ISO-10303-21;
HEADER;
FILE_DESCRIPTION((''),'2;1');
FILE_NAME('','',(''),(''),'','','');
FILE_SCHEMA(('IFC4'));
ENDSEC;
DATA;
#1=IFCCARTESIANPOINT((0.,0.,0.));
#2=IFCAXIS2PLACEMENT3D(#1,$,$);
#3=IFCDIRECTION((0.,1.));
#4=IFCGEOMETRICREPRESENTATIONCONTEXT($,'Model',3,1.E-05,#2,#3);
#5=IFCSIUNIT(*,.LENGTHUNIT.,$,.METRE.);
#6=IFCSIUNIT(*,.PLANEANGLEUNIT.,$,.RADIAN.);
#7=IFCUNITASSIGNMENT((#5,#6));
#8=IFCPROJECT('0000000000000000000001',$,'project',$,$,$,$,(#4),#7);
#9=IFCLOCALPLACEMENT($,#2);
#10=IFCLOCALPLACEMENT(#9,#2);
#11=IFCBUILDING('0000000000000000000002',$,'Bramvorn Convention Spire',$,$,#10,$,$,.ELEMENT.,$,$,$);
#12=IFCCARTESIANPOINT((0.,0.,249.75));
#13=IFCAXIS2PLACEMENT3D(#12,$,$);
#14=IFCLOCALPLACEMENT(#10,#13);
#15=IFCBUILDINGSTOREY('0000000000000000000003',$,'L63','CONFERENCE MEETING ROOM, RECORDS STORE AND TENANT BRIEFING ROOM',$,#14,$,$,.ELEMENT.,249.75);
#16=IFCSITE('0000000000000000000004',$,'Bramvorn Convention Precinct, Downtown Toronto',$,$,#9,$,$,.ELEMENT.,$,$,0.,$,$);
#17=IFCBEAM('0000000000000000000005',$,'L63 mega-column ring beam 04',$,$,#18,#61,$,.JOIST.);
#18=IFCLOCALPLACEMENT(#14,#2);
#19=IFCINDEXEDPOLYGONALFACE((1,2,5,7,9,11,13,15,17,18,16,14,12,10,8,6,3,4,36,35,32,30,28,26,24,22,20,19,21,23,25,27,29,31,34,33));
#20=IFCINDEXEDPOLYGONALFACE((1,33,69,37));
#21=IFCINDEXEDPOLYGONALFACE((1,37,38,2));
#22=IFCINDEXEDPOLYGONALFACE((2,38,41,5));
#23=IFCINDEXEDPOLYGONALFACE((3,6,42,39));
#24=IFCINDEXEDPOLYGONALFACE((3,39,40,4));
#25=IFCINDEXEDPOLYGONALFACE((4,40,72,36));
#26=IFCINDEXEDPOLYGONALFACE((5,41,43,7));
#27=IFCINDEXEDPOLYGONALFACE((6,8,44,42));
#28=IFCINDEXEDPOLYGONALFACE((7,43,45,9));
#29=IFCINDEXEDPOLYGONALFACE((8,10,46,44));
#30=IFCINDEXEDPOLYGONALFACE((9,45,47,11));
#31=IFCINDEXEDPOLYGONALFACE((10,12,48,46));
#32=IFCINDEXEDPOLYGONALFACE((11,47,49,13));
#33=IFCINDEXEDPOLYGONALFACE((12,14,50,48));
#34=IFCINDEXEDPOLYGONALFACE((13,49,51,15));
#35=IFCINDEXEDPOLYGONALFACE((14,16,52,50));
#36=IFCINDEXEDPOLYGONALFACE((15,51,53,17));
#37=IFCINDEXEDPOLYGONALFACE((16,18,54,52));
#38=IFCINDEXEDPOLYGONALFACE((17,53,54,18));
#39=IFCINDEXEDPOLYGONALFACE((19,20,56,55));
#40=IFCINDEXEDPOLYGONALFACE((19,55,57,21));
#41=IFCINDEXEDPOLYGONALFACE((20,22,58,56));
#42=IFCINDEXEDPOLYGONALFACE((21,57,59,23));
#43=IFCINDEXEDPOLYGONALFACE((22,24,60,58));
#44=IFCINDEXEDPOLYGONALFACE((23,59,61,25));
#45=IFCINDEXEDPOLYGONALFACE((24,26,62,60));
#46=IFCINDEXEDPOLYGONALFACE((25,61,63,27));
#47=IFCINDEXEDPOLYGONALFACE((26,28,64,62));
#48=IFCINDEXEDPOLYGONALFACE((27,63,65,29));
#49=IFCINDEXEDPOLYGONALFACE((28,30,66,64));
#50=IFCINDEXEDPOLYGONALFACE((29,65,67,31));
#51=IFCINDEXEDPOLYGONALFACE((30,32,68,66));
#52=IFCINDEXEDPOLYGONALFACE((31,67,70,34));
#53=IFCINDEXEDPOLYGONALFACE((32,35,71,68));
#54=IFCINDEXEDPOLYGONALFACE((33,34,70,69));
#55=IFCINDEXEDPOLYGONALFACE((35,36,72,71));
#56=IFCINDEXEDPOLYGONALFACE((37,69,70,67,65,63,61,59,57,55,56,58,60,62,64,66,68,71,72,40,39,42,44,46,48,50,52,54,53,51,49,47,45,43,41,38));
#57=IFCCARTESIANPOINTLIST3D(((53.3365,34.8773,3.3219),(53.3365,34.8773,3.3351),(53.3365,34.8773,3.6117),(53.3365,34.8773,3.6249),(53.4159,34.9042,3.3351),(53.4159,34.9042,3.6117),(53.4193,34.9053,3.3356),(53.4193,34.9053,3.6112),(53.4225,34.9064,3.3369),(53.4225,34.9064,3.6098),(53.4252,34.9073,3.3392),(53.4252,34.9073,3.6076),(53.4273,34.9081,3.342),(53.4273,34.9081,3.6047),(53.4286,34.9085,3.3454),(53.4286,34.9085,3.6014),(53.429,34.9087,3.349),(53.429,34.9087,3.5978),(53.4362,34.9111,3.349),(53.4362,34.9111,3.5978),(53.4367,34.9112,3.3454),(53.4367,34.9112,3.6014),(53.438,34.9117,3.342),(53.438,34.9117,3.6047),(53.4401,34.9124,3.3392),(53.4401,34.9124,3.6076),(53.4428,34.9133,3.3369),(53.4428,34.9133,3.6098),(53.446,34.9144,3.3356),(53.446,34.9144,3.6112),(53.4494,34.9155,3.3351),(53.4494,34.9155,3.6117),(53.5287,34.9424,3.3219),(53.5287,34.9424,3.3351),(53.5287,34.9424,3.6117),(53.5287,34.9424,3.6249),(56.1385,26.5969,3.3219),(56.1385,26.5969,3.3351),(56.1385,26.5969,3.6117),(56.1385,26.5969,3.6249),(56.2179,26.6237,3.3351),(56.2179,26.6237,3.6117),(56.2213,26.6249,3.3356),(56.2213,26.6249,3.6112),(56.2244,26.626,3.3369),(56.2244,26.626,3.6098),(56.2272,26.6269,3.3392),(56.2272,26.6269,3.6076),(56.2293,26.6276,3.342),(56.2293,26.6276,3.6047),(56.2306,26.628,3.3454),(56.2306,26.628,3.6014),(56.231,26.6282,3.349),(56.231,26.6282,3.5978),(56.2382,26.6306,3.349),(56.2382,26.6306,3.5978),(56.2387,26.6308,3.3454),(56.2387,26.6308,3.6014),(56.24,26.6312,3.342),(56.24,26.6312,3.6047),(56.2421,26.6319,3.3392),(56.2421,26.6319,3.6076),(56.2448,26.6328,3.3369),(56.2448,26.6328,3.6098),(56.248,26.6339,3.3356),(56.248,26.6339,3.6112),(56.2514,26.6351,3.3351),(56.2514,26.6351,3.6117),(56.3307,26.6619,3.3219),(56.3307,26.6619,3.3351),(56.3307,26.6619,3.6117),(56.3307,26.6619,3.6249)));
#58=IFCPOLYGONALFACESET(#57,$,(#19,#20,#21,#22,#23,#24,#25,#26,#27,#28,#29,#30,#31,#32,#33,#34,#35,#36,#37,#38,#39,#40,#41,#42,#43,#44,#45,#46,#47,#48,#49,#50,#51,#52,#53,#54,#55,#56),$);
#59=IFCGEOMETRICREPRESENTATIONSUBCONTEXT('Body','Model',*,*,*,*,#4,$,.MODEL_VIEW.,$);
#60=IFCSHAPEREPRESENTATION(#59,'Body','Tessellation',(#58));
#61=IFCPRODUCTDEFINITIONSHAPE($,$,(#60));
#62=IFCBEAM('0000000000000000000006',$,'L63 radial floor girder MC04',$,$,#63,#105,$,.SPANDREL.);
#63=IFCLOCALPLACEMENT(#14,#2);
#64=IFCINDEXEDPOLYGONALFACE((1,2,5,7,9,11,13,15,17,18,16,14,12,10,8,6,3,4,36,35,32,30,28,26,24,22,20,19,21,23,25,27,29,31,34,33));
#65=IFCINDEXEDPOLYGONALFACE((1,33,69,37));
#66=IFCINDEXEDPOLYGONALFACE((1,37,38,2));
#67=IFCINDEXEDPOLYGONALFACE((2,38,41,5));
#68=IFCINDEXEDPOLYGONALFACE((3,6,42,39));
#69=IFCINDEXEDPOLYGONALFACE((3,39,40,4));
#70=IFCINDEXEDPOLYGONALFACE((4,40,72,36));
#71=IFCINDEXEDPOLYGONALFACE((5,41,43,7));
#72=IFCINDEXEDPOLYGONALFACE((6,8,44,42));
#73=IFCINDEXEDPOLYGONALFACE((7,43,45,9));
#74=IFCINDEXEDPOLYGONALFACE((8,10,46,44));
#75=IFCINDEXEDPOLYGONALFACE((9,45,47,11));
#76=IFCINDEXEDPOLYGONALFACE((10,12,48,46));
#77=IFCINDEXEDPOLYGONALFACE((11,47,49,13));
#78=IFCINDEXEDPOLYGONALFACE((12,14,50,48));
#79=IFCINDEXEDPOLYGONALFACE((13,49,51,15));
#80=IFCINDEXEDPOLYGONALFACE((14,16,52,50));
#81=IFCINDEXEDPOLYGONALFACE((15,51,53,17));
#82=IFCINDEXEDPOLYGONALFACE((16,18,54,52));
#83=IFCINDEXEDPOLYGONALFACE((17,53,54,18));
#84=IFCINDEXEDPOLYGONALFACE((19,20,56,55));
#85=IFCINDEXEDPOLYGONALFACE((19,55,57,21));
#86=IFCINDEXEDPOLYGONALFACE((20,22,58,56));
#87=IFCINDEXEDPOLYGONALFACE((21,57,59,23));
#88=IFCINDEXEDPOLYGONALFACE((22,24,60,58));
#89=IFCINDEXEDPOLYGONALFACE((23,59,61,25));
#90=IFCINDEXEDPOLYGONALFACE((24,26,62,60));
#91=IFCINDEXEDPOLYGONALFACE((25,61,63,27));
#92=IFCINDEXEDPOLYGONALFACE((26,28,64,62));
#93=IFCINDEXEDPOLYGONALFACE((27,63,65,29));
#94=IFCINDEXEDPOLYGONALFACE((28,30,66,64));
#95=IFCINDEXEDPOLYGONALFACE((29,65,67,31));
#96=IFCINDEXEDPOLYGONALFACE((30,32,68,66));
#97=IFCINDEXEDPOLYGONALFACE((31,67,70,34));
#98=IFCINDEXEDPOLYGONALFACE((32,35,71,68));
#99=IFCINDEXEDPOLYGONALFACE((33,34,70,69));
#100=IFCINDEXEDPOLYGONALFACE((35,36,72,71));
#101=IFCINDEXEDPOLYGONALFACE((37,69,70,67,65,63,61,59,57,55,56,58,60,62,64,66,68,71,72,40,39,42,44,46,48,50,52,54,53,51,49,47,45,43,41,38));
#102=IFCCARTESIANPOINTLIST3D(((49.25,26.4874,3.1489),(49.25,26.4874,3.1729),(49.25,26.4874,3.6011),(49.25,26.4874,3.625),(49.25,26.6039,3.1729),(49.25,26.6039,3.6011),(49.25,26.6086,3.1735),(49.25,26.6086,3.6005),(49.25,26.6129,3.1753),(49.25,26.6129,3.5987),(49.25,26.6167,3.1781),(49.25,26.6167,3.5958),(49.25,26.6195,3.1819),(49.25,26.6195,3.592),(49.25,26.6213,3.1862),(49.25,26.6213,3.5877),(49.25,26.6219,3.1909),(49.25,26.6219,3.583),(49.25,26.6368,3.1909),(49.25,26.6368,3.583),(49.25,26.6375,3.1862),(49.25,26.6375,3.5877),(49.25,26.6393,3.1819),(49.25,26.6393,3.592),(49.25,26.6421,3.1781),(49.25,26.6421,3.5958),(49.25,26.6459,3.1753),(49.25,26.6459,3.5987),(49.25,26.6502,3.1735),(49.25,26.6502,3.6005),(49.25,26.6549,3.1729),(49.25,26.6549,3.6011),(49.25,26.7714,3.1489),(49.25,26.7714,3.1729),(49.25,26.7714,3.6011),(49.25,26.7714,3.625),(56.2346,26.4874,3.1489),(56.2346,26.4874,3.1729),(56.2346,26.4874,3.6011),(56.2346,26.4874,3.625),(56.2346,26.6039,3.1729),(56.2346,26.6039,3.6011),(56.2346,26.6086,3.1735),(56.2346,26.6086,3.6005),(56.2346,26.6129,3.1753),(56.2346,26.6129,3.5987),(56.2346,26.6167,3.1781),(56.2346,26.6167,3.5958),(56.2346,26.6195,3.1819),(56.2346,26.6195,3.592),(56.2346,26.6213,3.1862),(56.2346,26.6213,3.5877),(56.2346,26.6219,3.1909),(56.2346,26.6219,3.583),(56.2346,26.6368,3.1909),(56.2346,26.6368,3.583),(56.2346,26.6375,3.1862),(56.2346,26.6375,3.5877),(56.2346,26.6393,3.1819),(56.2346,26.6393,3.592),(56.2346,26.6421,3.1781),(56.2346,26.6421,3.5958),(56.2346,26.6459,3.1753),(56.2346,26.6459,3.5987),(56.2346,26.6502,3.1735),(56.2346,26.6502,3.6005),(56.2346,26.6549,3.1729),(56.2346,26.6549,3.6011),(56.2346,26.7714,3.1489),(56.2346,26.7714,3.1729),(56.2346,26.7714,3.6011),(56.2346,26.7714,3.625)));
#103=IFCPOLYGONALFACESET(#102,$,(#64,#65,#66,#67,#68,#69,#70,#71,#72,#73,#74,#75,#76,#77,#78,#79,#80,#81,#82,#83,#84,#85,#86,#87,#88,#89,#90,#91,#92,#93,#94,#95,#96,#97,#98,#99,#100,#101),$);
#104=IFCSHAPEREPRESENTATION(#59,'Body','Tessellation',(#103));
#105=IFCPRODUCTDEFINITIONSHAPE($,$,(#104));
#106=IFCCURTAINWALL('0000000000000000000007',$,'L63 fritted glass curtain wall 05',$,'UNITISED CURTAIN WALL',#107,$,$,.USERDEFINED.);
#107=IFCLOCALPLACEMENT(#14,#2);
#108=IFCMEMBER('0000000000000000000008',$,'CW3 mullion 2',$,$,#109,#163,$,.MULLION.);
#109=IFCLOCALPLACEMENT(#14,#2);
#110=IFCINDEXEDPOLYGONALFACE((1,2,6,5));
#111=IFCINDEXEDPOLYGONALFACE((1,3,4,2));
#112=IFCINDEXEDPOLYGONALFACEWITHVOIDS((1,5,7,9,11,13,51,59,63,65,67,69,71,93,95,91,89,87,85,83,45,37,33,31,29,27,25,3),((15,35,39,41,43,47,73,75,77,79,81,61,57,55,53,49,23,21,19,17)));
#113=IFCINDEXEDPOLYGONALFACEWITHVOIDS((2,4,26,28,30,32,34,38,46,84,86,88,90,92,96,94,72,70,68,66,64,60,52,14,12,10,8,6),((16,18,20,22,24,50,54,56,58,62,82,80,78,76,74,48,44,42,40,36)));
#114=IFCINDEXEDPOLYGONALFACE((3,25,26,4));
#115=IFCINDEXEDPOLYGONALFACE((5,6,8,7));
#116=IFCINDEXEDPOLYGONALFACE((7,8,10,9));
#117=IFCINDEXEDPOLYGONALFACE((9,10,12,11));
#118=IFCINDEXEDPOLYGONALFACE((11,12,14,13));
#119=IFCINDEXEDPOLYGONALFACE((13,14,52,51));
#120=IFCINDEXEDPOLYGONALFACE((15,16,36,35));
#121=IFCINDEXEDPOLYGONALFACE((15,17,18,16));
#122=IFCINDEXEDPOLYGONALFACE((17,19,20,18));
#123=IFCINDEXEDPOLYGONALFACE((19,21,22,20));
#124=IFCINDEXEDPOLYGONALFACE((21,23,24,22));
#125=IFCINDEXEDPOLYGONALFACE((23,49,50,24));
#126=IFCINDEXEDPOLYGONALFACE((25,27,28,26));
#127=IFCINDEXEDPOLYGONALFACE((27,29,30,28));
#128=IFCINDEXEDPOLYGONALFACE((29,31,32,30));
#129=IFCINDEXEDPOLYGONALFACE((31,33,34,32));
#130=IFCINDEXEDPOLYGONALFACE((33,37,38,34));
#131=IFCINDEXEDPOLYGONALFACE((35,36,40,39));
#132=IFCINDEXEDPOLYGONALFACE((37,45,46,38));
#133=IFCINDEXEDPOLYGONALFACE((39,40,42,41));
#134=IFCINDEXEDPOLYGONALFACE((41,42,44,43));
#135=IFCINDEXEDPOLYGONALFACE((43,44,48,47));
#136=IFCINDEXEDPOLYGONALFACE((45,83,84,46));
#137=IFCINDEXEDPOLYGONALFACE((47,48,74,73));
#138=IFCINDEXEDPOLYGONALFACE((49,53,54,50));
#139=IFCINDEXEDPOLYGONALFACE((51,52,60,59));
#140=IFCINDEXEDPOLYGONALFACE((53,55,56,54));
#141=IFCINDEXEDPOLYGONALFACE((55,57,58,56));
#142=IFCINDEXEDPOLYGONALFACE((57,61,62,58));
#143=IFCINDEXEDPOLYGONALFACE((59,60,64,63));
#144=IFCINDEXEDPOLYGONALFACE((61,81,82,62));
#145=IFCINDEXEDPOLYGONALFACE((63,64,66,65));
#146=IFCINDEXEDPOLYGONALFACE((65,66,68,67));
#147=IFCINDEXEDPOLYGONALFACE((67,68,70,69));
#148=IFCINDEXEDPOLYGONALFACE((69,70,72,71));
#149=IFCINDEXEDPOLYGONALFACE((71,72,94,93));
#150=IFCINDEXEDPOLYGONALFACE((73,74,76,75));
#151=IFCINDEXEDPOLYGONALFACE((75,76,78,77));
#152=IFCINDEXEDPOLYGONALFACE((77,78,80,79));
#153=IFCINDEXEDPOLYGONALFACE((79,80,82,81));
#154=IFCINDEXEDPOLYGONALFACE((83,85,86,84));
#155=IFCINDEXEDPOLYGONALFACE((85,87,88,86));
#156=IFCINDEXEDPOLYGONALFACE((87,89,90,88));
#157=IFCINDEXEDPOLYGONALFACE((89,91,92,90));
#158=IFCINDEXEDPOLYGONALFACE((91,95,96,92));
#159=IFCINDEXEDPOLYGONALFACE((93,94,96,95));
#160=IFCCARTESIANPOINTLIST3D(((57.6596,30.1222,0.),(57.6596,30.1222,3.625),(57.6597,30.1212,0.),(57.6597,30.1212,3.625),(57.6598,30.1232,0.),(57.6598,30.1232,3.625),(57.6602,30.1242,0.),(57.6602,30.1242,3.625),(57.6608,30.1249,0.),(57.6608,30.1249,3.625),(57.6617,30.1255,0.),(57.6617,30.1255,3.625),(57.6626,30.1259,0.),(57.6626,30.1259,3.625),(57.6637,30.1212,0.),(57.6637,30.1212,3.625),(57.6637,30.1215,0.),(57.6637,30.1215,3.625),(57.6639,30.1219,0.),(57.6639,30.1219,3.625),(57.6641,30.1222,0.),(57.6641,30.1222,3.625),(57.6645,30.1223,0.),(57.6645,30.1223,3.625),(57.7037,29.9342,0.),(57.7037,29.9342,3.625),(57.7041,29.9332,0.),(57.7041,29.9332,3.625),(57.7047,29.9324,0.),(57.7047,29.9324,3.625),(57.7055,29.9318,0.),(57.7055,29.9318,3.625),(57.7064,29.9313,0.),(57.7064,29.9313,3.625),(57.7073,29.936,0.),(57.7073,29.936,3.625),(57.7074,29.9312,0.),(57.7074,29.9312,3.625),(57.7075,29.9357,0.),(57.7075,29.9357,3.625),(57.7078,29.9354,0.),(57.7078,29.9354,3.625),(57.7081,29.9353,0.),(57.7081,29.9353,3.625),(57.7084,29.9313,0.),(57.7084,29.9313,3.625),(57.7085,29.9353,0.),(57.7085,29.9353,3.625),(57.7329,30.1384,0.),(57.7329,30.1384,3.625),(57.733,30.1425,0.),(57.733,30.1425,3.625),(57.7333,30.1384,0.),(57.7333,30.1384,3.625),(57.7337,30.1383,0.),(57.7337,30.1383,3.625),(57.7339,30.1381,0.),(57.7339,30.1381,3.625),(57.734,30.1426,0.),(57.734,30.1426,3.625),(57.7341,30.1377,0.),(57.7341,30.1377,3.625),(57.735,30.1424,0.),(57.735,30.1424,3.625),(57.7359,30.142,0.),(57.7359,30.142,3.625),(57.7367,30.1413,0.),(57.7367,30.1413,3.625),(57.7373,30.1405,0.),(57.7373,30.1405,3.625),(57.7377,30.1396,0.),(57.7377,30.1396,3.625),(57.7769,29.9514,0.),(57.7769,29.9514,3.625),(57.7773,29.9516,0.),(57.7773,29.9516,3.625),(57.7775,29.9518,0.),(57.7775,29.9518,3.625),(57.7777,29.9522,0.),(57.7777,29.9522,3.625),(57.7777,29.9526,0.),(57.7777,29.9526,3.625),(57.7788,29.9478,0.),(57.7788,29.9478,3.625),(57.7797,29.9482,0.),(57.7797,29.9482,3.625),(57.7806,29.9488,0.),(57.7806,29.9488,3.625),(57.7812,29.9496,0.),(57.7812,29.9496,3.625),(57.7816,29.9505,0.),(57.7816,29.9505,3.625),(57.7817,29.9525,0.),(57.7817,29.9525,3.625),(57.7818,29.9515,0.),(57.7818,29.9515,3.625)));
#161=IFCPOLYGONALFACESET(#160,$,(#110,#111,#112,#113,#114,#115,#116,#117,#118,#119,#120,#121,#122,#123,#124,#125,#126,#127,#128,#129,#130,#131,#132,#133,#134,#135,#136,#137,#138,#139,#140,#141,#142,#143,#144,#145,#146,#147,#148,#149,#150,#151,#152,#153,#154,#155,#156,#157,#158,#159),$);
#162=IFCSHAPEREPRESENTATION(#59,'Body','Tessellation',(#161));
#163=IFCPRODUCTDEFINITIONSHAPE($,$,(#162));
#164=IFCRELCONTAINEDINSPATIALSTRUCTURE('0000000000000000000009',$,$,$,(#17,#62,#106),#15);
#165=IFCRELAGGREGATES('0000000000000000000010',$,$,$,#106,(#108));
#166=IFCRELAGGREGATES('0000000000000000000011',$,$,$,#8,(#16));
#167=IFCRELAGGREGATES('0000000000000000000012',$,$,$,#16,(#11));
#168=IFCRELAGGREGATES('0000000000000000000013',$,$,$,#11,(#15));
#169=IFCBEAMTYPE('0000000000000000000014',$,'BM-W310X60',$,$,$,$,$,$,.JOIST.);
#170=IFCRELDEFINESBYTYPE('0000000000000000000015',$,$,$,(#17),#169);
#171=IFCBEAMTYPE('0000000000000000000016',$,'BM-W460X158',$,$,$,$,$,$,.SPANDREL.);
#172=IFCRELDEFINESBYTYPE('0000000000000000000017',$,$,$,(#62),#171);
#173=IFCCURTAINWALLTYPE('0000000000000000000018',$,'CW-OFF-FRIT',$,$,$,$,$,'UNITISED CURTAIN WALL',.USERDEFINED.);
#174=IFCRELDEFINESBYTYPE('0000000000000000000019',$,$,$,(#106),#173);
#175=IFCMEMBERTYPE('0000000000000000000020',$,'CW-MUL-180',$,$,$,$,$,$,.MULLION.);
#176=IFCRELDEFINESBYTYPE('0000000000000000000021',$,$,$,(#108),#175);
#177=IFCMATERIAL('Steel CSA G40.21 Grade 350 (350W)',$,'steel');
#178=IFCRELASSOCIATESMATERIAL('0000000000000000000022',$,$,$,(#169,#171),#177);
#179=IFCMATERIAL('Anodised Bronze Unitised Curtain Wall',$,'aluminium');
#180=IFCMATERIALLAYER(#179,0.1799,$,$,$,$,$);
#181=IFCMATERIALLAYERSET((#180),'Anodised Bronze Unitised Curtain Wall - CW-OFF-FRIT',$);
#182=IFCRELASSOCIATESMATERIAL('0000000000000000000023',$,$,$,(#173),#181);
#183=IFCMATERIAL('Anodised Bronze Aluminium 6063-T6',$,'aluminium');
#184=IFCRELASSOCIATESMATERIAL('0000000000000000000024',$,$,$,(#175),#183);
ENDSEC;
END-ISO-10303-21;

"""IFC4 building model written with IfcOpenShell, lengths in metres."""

from ifc_helpers import new_model, si_unit, direction, frame, origin, origin_2d, place, context, subcontext, project, spatial, hollow_rectangle, i_section, extrude, material, layer, layer_set, material_profile, profile_set, type_object, element, aggregate, save


model = new_model("IFC4")

# Units and contexts
model_context = context("Model", 3, precision=1e-05, world=origin(), true_north=direction((0.0, 1.0)))
body_context = subcontext(model_context, "Body", "Model", "MODEL_VIEW")
ifc_project = project(units=[si_unit("LENGTHUNIT", "METRE"), si_unit("PLANEANGLEUNIT", "RADIAN")], contexts=[model_context])

# Site, building, storey
site_placement = place(None, origin())
site = spatial("IfcSite", under=ifc_project, at=site_placement, Name="Bramvorn Convention Precinct, Downtown Toronto", CompositionType="ELEMENT", RefElevation=0.0)
building_placement = place(site_placement, origin())
building = spatial("IfcBuilding", under=site, at=building_placement, Name="Bramvorn Convention Spire", CompositionType="ELEMENT")
storey_placement = place(building_placement, frame((0.0, 0.0, 249.75)))
storey = spatial("IfcBuildingStorey", under=building, at=storey_placement, Name="L63", Description="CONFERENCE MEETING ROOM, RECORDS STORE AND TENANT BRIEFING ROOM", CompositionType="ELEMENT", Elevation=249.75)

# Shared definitions
ifc_material_1 = material(Name="Steel CSA G40.21 Grade 350 (350W)", Category="steel")

# Beams
ifc_material_profile_1 = material_profile(ifc_material_1, i_section(OverallWidth=0.2029, OverallDepth=0.303, WebThickness=0.0076, FlangeThickness=0.0132, FilletRadius=0.0139, at=origin_2d()))
ifc_profile_set_1 = profile_set([ifc_material_profile_1], Name="Steel CSA G40.21 Grade 350 (350W) - W310X60")
beam_type_1 = type_object("IfcBeamType", Name="BM-W310X60", PredefinedType="JOIST", material=ifc_profile_set_1)
beam_1_placement = place(storey_placement, frame((56.2346, 26.6294, 3.4734), z_axis=(-0.320531, 0.947238, 0.0), x_axis=(-0.947238, -0.320531, 0.0)))
element("IfcBeam", 1, at=beam_1_placement, inside=storey, type_object=beam_type_1, Name="L63 mega-column ring beam 04", PredefinedType="JOIST", context=body_context, shape_type="SweptSolid", body=[
    extrude(i_section(OverallWidth=0.2029, OverallDepth=0.303, WebThickness=0.0076, FlangeThickness=0.0132, FilletRadius=0.0139, at=origin_2d()), origin(), (0.0, 0.0, 1.0), 8.7417),
])
ifc_material_profile_2 = material_profile(ifc_material_1, i_section(OverallWidth=0.2839, OverallDepth=0.4761, WebThickness=0.0149, FlangeThickness=0.0239, FilletRadius=0.0181, at=origin_2d()))
ifc_profile_set_2 = profile_set([ifc_material_profile_2], Name="Steel CSA G40.21 Grade 350 (350W) - W460X158")
beam_type_2 = type_object("IfcBeamType", Name="BM-W460X158", PredefinedType="SPANDREL", material=ifc_profile_set_2)
beam_2_placement = place(storey_placement, frame((49.25, 26.6294, 3.387), z_axis=(1.0, 0.0, 0.0), x_axis=(0.0, 1.0, 0.0)))
element("IfcBeam", 2, at=beam_2_placement, inside=storey, type_object=beam_type_2, Name="L63 radial floor girder MC04", PredefinedType="SPANDREL", context=body_context, shape_type="SweptSolid", body=[
    extrude(i_section(OverallWidth=0.2839, OverallDepth=0.4761, WebThickness=0.0149, FlangeThickness=0.0239, FilletRadius=0.0181, at=origin_2d()), origin(), (0.0, 0.0, 1.0), 6.9846),
])

# Curtain wall, member
ifc_material_2 = material(Name="Anodised Bronze Unitised Curtain Wall", Category="aluminium")
ifc_layer_1 = layer(ifc_material_2, 0.1799)
ifc_layer_set_1 = layer_set([ifc_layer_1], Name="Anodised Bronze Unitised Curtain Wall - CW-OFF-FRIT")
curtain_wall_type = type_object("IfcCurtainWallType", Name="CW-OFF-FRIT", ElementType="UNITISED CURTAIN WALL", PredefinedType="USERDEFINED", material=ifc_layer_set_1)
curtain_wall_placement = place(storey_placement, origin())
curtain_wall = element("IfcCurtainWall", 3, at=curtain_wall_placement, inside=storey, type_object=curtain_wall_type, Name="L63 fritted glass curtain wall 05", ObjectType="UNITISED CURTAIN WALL", PredefinedType="USERDEFINED")
ifc_material_3 = material(Name="Anodised Bronze Aluminium 6063-T6", Category="aluminium")
ifc_material_profile_3 = material_profile(ifc_material_3, hollow_rectangle(XDim=0.0801, YDim=0.2, WallThickness=0.0039, InnerFilletRadius=0.001, OuterFilletRadius=0.0039, at=origin_2d()))
ifc_profile_set_3 = profile_set([ifc_material_profile_3], Name="Anodised Bronze Aluminium 6063-T6 - CWM80X200")
member_type_1 = type_object("IfcMemberType", Name="CW-MUL-180", PredefinedType="MULLION", material=ifc_profile_set_3)
member_1_placement = place(storey_placement, frame((57.7207, 30.0369, 0.0), z_axis=(0.0, 0.0, 1.0), x_axis=(0.973408, 0.229079, 0.0)))
member_1 = element("IfcMember", 4, at=member_1_placement, type_object=member_type_1, Name="CW3 mullion 2", PredefinedType="MULLION", context=body_context, shape_type="SweptSolid", body=[
    extrude(hollow_rectangle(XDim=0.0801, YDim=0.2, WallThickness=0.0039, InnerFilletRadius=0.001, OuterFilletRadius=0.0039, at=origin_2d()), origin(), (0.0, 0.0, 1.0), 3.625),
])
aggregate(curtain_wall, [member_1])

save(model, "model.ifc")
